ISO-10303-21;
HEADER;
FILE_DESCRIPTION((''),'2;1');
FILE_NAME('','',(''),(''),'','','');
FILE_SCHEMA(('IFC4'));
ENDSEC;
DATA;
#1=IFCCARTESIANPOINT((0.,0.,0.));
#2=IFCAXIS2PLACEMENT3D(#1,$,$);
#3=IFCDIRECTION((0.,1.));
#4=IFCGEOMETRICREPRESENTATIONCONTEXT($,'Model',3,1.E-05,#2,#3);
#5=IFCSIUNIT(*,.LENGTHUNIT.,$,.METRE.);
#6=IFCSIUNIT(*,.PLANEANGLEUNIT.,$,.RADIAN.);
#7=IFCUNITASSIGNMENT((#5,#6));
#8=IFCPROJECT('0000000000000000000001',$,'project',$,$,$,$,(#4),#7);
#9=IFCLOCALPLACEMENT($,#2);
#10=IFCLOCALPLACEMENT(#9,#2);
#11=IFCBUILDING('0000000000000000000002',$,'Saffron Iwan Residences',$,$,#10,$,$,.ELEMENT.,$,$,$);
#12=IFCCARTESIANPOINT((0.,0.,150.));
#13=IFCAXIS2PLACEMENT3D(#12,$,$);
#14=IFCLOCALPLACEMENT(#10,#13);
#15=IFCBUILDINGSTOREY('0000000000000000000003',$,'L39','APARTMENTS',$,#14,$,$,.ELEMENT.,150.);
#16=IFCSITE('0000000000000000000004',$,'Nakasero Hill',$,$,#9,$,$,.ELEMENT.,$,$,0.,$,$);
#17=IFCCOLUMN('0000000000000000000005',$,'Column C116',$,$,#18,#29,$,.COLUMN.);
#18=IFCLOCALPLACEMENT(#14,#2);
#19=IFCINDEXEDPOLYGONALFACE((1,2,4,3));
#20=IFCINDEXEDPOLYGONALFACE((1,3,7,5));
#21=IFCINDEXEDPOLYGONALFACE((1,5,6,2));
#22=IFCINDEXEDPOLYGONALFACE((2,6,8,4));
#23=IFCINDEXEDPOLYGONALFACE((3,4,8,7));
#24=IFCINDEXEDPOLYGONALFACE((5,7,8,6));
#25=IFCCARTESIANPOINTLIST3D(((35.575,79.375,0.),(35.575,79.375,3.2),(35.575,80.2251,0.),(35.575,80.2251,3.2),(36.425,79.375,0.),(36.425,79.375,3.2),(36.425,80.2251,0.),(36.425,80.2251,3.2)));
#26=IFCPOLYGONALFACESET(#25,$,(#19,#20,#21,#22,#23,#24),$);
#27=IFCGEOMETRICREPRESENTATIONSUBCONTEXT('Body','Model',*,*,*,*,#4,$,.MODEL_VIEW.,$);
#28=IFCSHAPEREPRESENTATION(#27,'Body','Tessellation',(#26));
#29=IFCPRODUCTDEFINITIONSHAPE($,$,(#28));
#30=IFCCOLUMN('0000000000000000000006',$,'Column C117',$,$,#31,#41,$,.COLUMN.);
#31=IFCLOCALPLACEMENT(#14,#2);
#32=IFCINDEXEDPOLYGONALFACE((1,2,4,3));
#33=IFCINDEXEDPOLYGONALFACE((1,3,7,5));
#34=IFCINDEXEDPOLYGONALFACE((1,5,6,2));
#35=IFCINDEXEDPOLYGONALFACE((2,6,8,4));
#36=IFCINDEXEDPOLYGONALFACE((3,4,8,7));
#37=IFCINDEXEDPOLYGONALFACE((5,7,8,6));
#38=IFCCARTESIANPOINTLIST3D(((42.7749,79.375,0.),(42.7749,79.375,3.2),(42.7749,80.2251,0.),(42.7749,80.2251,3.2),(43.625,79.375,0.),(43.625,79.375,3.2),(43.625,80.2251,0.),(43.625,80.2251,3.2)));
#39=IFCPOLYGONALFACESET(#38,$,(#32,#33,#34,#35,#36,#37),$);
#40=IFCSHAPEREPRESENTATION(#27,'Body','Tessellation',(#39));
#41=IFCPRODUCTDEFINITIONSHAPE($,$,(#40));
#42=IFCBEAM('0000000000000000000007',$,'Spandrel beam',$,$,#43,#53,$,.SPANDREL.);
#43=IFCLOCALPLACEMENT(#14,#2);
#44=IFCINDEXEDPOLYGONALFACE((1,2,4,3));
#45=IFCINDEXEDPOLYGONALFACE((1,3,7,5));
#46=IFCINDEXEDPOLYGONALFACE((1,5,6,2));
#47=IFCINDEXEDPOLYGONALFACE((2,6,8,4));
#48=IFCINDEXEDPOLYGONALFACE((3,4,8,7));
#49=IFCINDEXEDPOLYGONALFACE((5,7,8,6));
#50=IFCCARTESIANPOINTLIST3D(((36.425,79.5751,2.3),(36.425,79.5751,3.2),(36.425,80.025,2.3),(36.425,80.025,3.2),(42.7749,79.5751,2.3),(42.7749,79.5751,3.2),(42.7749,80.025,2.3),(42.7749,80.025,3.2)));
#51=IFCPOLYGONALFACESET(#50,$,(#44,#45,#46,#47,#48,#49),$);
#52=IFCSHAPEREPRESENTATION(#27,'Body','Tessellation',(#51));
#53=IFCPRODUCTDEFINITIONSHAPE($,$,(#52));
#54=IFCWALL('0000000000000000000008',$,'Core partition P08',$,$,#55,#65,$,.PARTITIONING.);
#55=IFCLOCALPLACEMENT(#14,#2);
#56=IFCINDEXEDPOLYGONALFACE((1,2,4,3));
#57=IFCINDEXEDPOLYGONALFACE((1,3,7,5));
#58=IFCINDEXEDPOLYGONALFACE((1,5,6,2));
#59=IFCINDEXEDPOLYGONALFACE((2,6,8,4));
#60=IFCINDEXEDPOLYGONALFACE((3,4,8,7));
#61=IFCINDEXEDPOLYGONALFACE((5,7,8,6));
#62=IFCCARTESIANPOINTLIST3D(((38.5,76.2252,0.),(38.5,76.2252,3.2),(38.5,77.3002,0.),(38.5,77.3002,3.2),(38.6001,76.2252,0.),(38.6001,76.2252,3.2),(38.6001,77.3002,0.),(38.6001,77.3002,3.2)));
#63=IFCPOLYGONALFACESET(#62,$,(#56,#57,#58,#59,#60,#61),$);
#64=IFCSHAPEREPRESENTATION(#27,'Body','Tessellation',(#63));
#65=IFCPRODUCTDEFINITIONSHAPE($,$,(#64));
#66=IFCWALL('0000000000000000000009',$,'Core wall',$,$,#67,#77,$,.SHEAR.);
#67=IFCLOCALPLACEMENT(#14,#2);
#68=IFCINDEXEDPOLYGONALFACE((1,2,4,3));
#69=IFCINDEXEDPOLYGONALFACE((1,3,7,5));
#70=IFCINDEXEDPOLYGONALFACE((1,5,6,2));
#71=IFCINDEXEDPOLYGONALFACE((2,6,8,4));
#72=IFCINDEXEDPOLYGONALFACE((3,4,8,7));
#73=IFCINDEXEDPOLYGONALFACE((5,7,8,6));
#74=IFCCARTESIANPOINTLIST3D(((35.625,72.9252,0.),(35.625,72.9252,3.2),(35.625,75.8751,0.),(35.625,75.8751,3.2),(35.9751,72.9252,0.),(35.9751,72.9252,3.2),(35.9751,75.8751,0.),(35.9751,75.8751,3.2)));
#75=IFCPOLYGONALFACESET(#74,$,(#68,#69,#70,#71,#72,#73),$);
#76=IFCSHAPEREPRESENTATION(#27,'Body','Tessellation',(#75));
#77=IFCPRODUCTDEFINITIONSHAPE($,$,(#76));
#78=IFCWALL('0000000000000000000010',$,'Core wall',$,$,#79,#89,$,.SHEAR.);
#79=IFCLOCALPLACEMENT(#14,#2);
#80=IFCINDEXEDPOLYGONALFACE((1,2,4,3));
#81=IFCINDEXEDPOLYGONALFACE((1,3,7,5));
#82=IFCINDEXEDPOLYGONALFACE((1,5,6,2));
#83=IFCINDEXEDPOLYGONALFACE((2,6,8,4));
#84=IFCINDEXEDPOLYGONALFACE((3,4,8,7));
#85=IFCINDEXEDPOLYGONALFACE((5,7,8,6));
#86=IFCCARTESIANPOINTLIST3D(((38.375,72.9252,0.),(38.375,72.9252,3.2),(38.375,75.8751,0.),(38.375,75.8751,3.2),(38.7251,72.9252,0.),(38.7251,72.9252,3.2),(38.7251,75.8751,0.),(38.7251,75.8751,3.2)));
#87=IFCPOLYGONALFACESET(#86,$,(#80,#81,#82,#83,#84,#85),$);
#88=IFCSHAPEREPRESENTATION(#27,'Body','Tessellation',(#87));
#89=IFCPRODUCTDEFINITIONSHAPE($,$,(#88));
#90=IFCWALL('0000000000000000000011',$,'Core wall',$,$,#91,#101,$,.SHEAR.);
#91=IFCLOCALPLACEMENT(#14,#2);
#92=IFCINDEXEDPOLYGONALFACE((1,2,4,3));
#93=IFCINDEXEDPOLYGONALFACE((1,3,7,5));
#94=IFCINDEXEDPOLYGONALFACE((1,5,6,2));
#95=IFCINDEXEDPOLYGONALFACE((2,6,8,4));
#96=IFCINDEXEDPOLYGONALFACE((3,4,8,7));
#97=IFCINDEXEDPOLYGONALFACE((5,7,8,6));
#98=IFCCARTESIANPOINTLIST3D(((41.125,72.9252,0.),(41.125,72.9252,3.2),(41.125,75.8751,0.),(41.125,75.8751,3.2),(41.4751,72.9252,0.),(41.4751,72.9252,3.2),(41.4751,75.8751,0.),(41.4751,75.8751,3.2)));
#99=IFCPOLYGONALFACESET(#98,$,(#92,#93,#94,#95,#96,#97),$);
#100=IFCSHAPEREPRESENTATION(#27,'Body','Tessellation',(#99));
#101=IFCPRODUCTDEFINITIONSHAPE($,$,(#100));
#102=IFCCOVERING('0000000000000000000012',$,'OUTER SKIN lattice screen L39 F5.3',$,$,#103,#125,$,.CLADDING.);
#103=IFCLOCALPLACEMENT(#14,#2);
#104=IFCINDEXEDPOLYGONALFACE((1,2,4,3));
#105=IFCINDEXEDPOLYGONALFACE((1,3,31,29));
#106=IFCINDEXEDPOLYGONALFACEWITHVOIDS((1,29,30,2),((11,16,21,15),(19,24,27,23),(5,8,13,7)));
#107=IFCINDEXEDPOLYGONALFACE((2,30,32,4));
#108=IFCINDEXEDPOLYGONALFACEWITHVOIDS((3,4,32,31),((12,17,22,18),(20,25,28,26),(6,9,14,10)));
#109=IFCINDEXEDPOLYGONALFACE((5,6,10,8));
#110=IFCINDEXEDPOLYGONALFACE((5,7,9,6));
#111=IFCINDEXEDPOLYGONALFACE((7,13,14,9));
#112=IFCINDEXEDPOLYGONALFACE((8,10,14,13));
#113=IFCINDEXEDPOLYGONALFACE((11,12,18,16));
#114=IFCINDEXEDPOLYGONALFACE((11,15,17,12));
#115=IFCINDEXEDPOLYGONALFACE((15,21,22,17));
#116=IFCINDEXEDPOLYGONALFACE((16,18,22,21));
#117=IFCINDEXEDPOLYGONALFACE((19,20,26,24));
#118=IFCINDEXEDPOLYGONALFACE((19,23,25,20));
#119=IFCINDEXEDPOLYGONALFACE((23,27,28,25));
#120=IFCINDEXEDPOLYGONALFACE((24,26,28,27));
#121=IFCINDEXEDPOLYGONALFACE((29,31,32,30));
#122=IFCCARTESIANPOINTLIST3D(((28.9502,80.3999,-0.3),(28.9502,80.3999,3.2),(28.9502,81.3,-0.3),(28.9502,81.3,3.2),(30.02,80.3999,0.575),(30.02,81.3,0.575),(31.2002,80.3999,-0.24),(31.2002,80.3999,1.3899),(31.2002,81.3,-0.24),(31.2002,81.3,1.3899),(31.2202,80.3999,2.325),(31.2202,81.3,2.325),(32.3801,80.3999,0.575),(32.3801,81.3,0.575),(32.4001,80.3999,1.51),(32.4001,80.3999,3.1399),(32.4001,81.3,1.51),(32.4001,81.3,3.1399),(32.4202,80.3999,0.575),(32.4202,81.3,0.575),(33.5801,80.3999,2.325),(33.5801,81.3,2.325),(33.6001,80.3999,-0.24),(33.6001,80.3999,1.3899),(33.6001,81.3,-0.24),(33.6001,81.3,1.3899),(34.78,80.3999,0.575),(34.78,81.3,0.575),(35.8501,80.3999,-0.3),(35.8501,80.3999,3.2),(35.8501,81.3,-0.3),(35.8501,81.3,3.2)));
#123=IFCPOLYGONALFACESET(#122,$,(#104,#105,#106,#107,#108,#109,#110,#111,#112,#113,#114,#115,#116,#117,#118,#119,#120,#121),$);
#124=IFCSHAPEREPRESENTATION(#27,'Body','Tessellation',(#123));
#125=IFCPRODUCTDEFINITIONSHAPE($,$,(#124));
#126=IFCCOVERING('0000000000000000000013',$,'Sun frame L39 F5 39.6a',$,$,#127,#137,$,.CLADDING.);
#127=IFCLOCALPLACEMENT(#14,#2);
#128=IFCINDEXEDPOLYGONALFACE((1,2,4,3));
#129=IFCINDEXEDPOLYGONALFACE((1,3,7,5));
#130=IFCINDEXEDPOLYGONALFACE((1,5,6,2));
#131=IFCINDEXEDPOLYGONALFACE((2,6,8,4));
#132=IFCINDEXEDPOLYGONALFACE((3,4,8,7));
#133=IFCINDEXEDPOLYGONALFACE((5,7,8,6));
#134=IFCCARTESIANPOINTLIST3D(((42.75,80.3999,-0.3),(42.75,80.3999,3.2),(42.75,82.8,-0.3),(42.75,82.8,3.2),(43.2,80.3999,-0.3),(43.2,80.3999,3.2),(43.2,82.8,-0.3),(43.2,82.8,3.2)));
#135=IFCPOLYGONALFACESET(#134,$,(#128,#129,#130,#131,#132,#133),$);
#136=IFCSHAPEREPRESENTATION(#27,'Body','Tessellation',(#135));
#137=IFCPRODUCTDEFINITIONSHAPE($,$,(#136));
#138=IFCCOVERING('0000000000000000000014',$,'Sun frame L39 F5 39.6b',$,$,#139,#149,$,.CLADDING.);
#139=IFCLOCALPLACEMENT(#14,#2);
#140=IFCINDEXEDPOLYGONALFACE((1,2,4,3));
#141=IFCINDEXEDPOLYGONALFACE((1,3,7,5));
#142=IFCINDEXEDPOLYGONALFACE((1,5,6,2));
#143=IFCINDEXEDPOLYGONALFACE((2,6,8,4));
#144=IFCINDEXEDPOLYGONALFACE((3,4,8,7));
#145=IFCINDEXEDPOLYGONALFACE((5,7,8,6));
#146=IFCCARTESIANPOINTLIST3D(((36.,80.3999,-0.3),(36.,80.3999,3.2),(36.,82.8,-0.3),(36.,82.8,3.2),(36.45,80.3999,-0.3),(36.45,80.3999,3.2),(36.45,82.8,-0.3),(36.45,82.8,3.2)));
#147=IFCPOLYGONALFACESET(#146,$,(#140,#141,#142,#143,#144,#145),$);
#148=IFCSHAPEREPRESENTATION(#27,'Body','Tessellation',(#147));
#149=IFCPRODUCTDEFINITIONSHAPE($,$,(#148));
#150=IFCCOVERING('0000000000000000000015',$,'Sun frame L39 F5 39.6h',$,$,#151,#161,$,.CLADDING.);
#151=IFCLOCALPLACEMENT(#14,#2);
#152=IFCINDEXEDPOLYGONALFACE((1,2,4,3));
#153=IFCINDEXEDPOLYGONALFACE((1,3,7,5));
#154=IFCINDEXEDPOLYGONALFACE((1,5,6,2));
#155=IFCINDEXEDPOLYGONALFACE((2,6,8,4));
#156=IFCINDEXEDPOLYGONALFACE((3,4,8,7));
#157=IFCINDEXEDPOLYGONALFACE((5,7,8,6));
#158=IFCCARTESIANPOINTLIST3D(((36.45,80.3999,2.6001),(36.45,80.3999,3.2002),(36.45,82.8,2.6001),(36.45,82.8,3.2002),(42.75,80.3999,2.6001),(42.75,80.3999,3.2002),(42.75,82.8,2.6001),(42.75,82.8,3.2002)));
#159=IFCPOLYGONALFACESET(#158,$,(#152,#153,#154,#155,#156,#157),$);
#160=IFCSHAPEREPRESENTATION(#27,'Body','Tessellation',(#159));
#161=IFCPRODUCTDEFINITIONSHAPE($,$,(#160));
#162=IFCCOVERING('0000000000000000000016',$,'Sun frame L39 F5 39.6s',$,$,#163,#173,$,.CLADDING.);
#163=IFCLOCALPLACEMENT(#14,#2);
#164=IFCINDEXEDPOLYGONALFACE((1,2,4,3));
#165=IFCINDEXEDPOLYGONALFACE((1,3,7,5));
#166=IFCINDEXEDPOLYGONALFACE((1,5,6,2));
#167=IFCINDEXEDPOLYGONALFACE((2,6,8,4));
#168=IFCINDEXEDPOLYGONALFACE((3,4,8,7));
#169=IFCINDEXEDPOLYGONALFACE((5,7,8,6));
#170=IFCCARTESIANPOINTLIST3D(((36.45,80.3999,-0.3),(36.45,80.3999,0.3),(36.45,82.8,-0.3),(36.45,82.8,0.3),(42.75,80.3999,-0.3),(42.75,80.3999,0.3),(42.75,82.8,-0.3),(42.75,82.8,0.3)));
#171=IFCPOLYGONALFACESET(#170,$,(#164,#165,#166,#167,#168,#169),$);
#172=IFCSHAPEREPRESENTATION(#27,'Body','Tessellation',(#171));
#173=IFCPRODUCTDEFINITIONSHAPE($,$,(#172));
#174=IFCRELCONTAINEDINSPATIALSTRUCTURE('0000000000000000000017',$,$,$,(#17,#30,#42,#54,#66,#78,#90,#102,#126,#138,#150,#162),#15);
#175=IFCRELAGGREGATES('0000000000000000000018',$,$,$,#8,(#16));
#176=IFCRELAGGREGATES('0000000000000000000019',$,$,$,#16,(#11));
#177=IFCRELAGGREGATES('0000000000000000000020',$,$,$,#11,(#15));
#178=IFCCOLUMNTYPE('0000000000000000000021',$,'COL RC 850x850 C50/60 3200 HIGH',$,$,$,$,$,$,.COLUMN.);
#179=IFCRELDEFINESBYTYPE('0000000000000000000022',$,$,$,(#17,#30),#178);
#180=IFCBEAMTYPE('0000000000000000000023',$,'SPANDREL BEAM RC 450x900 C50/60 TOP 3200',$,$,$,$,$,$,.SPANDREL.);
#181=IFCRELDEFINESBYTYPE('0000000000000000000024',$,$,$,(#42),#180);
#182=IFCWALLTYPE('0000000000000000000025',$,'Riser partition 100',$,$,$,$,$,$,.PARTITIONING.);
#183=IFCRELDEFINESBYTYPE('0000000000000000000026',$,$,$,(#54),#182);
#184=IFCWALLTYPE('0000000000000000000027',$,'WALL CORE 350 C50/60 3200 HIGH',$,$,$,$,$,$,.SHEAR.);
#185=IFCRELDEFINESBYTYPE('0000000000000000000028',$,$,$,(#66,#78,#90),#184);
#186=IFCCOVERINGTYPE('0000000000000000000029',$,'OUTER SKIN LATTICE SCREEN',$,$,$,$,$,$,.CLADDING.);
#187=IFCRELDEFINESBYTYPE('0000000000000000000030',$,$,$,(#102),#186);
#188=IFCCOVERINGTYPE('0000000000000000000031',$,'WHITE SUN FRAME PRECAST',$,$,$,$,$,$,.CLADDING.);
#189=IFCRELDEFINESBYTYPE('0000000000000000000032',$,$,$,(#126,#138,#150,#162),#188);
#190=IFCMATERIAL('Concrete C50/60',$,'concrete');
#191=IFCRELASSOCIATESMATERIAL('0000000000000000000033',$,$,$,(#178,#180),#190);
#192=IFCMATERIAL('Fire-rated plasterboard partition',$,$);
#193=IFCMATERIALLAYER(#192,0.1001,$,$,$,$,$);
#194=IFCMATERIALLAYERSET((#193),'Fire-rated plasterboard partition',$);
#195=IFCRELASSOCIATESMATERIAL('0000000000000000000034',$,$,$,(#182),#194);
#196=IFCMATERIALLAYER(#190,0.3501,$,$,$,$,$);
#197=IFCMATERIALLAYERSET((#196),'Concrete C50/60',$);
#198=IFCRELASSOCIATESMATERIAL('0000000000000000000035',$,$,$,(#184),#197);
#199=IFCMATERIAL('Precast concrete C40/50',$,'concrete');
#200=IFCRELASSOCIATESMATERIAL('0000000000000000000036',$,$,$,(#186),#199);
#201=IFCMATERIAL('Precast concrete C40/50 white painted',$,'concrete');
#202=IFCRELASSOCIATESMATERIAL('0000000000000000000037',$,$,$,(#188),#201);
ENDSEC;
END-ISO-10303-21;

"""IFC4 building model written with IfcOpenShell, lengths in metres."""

from ifc_helpers import new_model, si_unit, direction, frame, frame_2d, origin, origin_2d, place, context, subcontext, project, spatial, polyline, rectangle, outline, extrude, source, transform, mapped, material, layer, layer_set, material_profile, profile_set, type_object, element, save


model = new_model("IFC4")

# Units and contexts
model_context = context("Model", 3, precision=1e-05, world=origin(), true_north=direction((0.0, 1.0)))
body_context = subcontext(model_context, "Body", "Model", "MODEL_VIEW")
ifc_project = project(units=[si_unit("LENGTHUNIT", "METRE"), si_unit("PLANEANGLEUNIT", "RADIAN")], contexts=[model_context])

# Site, building, storey
site_placement = place(None, origin())
site = spatial("IfcSite", under=ifc_project, at=site_placement, Name="Nakasero Hill", CompositionType="ELEMENT", RefElevation=0.0)
building_placement = place(site_placement, origin())
building = spatial("IfcBuilding", under=site, at=building_placement, Name="Saffron Iwan Residences", CompositionType="ELEMENT")
storey_placement = place(building_placement, frame((0.0, 0.0, 150.0)))
storey = spatial("IfcBuildingStorey", under=building, at=storey_placement, Name="L39", Description="APARTMENTS", CompositionType="ELEMENT", Elevation=150.0)

# Columns
ifc_material_1 = material(Name="Concrete C50/60", Category="concrete")
ifc_material_profile_1 = material_profile(ifc_material_1, rectangle(XDim=0.8501, YDim=0.8501, at=origin_2d()), Name="RC 850x850")
ifc_profile_set_1 = profile_set([ifc_material_profile_1], Name="Concrete C50/60")
column_type = type_object("IfcColumnType", Name="COL RC 850x850 C50/60 3200 HIGH", PredefinedType="COLUMN", material=ifc_profile_set_1)
shared_shape_1 = source(origin(), body_context, "Body", "SweptSolid", [
    extrude(rectangle(XDim=0.8501, YDim=0.8501, at=origin_2d()), origin(), (0.0, 0.0, 1.0), 3.2),
])
for number, where, z_axis, x_axis, name in (
    (1, (36.0, 79.8, 0.0), (0.0, 0.0, 1.0), (1.0, 0.0, 0.0), "Column C116"),
    (2, (43.2, 79.8, 0.0), (0.0, 0.0, 1.0), (1.0, 0.0, 0.0), "Column C117"),
):
    element("IfcColumn", number, at=place(storey_placement, frame(where, z_axis=z_axis, x_axis=x_axis)), inside=storey, type_object=column_type, Name=name, PredefinedType="COLUMN", context=body_context, shape_type="MappedRepresentation", body=[
        mapped(shared_shape_1, transform((0.0, 0.0, 0.0))),
    ])

# Beam
ifc_material_profile_2 = material_profile(ifc_material_1, rectangle(XDim=0.45, YDim=0.8999, at=origin_2d()), Name="RC 450x900")
ifc_profile_set_2 = profile_set([ifc_material_profile_2], Name="Concrete C50/60")
beam_type = type_object("IfcBeamType", Name="SPANDREL BEAM RC 450x900 C50/60 TOP 3200", PredefinedType="SPANDREL", material=ifc_profile_set_2)
shared_shape_2 = source(origin(), body_context, "Body", "SweptSolid", [
    extrude(rectangle(XDim=0.45, YDim=0.8999, at=origin_2d()), origin(), (0.0, 0.0, 1.0), 6.3499),
])
beam_placement = place(storey_placement, frame((36.425, 79.8, 2.75), z_axis=(1.0, 0.0, 0.0), x_axis=(0.0, 1.0, 0.0)))
element("IfcBeam", 3, at=beam_placement, inside=storey, type_object=beam_type, Name="Spandrel beam", PredefinedType="SPANDREL", context=body_context, shape_type="MappedRepresentation", body=[
    mapped(shared_shape_2, transform((0.0, 0.0, 0.0))),
])

# Walls
ifc_material_2 = material(Name="Fire-rated plasterboard partition")
ifc_layer_1 = layer(ifc_material_2, 0.1001)
ifc_layer_set_1 = layer_set([ifc_layer_1], Name="Fire-rated plasterboard partition")
wall_type_1 = type_object("IfcWallType", Name="Riser partition 100", PredefinedType="PARTITIONING", material=ifc_layer_set_1)
wall_placement = place(storey_placement, frame((38.55, 76.2251, 0.0), z_axis=(0.0, 0.0, 1.0), x_axis=(0.0, 1.0, 0.0)))
element("IfcWall", 4, at=wall_placement, inside=storey, type_object=wall_type_1, Name="Core partition P08", PredefinedType="PARTITIONING", context=body_context, shape_type="SweptSolid", body=[
    extrude(rectangle(XDim=1.075, YDim=0.1001, at=frame_2d((0.5376, 0.0))), origin(), (0.0, 0.0, 1.0), 3.2),
])
ifc_layer_2 = layer(ifc_material_1, 0.3501)
ifc_layer_set_2 = layer_set([ifc_layer_2], Name="Concrete C50/60")
wall_type_2 = type_object("IfcWallType", Name="WALL CORE 350 C50/60 3200 HIGH", PredefinedType="SHEAR", material=ifc_layer_set_2)
for number, where, z_axis, x_axis, name in (
    (5, (35.8, 72.925, 0.0), (0.0, 0.0, 1.0), (0.0, 1.0, 0.0), "Core wall"),
    (6, (38.55, 72.925, 0.0), (0.0, 0.0, 1.0), (0.0, 1.0, 0.0), "Core wall"),
    (7, (41.3, 72.925, 0.0), (0.0, 0.0, 1.0), (0.0, 1.0, 0.0), "Core wall"),
):
    element("IfcWall", number, at=place(storey_placement, frame(where, z_axis=z_axis, x_axis=x_axis)), inside=storey, type_object=wall_type_2, Name=name, PredefinedType="SHEAR", context=body_context, shape_type="SweptSolid", body=[
        extrude(rectangle(XDim=2.95, YDim=0.3501, at=frame_2d((1.4751, 0.0))), origin(), (0.0, 0.0, 1.0), 3.2),
    ])

# Coverings
ifc_material_3 = material(Name="Precast concrete C40/50", Category="concrete")
covering_type_1 = type_object("IfcCoveringType", Name="OUTER SKIN LATTICE SCREEN", PredefinedType="CLADDING", material=ifc_material_3)
covering_placement = place(storey_placement, frame((35.8501, 80.3999, -0.3), z_axis=(0.0, 1.0, 0.0), x_axis=(-1.0, 0.0, 0.0)))
element("IfcCovering", 8, at=covering_placement, inside=storey, type_object=covering_type_1, Name="OUTER SKIN lattice screen L39 F5.3", PredefinedType="CLADDING", context=body_context, shape_type="SweptSolid", body=[
    extrude(outline(polyline([(0.0, 0.0), (6.8999, 0.0), (6.8999, 3.5), (0.0, 3.5), (0.0, 0.0)]), holes=[polyline([(1.0701, 0.875), (2.25, 0.0601), (3.4299, 0.875), (2.25, 1.6899), (1.0701, 0.875)]), polyline([(3.47, 0.875), (4.6499, 0.0601), (5.8301, 0.875), (4.6499, 1.6899), (3.47, 0.875)]), polyline([(2.27, 2.625), (3.45, 1.8101), (4.6299, 2.625), (3.45, 3.4399), (2.27, 2.625)])]), origin(), (0.0, 0.0, 1.0), 0.9001),
])
ifc_material_4 = material(Name="Precast concrete C40/50 white painted", Category="concrete")
covering_type_2 = type_object("IfcCoveringType", Name="WHITE SUN FRAME PRECAST", PredefinedType="CLADDING", material=ifc_material_4)
for number, where, z_axis, x_axis, name in (
    (9, (43.2, 80.3999, -0.3), (0.0, 1.0, 0.0), (-1.0, 0.0, 0.0), "Sun frame L39 F5 39.6a"),
    (10, (36.45, 80.3999, -0.3), (0.0, 1.0, 0.0), (-1.0, 0.0, 0.0), "Sun frame L39 F5 39.6b"),
):
    element("IfcCovering", number, at=place(storey_placement, frame(where, z_axis=z_axis, x_axis=x_axis)), inside=storey, type_object=covering_type_2, Name=name, PredefinedType="CLADDING", context=body_context, shape_type="SweptSolid", body=[
        extrude(outline(polyline([(0.0, 0.0), (0.45, 0.0), (0.45, 3.5), (0.0, 3.5), (0.0, 0.0)])), origin(), (0.0, 0.0, 1.0), 2.4001),
    ])
for number, where, z_axis, x_axis, name in (
    (11, (42.75, 80.3999, 2.6001), (0.0, 1.0, 0.0), (-1.0, 0.0, 0.0), "Sun frame L39 F5 39.6h"),
    (12, (42.75, 80.3999, -0.3), (0.0, 1.0, 0.0), (-1.0, 0.0, 0.0), "Sun frame L39 F5 39.6s"),
):
    element("IfcCovering", number, at=place(storey_placement, frame(where, z_axis=z_axis, x_axis=x_axis)), inside=storey, type_object=covering_type_2, Name=name, PredefinedType="CLADDING", context=body_context, shape_type="SweptSolid", body=[
        extrude(outline(polyline([(0.0, 0.0), (6.3, 0.0), (6.3, 0.6001), (0.0, 0.6001), (0.0, 0.0)])), origin(), (0.0, 0.0, 1.0), 2.4001),
    ])

save(model, "model.ifc")
